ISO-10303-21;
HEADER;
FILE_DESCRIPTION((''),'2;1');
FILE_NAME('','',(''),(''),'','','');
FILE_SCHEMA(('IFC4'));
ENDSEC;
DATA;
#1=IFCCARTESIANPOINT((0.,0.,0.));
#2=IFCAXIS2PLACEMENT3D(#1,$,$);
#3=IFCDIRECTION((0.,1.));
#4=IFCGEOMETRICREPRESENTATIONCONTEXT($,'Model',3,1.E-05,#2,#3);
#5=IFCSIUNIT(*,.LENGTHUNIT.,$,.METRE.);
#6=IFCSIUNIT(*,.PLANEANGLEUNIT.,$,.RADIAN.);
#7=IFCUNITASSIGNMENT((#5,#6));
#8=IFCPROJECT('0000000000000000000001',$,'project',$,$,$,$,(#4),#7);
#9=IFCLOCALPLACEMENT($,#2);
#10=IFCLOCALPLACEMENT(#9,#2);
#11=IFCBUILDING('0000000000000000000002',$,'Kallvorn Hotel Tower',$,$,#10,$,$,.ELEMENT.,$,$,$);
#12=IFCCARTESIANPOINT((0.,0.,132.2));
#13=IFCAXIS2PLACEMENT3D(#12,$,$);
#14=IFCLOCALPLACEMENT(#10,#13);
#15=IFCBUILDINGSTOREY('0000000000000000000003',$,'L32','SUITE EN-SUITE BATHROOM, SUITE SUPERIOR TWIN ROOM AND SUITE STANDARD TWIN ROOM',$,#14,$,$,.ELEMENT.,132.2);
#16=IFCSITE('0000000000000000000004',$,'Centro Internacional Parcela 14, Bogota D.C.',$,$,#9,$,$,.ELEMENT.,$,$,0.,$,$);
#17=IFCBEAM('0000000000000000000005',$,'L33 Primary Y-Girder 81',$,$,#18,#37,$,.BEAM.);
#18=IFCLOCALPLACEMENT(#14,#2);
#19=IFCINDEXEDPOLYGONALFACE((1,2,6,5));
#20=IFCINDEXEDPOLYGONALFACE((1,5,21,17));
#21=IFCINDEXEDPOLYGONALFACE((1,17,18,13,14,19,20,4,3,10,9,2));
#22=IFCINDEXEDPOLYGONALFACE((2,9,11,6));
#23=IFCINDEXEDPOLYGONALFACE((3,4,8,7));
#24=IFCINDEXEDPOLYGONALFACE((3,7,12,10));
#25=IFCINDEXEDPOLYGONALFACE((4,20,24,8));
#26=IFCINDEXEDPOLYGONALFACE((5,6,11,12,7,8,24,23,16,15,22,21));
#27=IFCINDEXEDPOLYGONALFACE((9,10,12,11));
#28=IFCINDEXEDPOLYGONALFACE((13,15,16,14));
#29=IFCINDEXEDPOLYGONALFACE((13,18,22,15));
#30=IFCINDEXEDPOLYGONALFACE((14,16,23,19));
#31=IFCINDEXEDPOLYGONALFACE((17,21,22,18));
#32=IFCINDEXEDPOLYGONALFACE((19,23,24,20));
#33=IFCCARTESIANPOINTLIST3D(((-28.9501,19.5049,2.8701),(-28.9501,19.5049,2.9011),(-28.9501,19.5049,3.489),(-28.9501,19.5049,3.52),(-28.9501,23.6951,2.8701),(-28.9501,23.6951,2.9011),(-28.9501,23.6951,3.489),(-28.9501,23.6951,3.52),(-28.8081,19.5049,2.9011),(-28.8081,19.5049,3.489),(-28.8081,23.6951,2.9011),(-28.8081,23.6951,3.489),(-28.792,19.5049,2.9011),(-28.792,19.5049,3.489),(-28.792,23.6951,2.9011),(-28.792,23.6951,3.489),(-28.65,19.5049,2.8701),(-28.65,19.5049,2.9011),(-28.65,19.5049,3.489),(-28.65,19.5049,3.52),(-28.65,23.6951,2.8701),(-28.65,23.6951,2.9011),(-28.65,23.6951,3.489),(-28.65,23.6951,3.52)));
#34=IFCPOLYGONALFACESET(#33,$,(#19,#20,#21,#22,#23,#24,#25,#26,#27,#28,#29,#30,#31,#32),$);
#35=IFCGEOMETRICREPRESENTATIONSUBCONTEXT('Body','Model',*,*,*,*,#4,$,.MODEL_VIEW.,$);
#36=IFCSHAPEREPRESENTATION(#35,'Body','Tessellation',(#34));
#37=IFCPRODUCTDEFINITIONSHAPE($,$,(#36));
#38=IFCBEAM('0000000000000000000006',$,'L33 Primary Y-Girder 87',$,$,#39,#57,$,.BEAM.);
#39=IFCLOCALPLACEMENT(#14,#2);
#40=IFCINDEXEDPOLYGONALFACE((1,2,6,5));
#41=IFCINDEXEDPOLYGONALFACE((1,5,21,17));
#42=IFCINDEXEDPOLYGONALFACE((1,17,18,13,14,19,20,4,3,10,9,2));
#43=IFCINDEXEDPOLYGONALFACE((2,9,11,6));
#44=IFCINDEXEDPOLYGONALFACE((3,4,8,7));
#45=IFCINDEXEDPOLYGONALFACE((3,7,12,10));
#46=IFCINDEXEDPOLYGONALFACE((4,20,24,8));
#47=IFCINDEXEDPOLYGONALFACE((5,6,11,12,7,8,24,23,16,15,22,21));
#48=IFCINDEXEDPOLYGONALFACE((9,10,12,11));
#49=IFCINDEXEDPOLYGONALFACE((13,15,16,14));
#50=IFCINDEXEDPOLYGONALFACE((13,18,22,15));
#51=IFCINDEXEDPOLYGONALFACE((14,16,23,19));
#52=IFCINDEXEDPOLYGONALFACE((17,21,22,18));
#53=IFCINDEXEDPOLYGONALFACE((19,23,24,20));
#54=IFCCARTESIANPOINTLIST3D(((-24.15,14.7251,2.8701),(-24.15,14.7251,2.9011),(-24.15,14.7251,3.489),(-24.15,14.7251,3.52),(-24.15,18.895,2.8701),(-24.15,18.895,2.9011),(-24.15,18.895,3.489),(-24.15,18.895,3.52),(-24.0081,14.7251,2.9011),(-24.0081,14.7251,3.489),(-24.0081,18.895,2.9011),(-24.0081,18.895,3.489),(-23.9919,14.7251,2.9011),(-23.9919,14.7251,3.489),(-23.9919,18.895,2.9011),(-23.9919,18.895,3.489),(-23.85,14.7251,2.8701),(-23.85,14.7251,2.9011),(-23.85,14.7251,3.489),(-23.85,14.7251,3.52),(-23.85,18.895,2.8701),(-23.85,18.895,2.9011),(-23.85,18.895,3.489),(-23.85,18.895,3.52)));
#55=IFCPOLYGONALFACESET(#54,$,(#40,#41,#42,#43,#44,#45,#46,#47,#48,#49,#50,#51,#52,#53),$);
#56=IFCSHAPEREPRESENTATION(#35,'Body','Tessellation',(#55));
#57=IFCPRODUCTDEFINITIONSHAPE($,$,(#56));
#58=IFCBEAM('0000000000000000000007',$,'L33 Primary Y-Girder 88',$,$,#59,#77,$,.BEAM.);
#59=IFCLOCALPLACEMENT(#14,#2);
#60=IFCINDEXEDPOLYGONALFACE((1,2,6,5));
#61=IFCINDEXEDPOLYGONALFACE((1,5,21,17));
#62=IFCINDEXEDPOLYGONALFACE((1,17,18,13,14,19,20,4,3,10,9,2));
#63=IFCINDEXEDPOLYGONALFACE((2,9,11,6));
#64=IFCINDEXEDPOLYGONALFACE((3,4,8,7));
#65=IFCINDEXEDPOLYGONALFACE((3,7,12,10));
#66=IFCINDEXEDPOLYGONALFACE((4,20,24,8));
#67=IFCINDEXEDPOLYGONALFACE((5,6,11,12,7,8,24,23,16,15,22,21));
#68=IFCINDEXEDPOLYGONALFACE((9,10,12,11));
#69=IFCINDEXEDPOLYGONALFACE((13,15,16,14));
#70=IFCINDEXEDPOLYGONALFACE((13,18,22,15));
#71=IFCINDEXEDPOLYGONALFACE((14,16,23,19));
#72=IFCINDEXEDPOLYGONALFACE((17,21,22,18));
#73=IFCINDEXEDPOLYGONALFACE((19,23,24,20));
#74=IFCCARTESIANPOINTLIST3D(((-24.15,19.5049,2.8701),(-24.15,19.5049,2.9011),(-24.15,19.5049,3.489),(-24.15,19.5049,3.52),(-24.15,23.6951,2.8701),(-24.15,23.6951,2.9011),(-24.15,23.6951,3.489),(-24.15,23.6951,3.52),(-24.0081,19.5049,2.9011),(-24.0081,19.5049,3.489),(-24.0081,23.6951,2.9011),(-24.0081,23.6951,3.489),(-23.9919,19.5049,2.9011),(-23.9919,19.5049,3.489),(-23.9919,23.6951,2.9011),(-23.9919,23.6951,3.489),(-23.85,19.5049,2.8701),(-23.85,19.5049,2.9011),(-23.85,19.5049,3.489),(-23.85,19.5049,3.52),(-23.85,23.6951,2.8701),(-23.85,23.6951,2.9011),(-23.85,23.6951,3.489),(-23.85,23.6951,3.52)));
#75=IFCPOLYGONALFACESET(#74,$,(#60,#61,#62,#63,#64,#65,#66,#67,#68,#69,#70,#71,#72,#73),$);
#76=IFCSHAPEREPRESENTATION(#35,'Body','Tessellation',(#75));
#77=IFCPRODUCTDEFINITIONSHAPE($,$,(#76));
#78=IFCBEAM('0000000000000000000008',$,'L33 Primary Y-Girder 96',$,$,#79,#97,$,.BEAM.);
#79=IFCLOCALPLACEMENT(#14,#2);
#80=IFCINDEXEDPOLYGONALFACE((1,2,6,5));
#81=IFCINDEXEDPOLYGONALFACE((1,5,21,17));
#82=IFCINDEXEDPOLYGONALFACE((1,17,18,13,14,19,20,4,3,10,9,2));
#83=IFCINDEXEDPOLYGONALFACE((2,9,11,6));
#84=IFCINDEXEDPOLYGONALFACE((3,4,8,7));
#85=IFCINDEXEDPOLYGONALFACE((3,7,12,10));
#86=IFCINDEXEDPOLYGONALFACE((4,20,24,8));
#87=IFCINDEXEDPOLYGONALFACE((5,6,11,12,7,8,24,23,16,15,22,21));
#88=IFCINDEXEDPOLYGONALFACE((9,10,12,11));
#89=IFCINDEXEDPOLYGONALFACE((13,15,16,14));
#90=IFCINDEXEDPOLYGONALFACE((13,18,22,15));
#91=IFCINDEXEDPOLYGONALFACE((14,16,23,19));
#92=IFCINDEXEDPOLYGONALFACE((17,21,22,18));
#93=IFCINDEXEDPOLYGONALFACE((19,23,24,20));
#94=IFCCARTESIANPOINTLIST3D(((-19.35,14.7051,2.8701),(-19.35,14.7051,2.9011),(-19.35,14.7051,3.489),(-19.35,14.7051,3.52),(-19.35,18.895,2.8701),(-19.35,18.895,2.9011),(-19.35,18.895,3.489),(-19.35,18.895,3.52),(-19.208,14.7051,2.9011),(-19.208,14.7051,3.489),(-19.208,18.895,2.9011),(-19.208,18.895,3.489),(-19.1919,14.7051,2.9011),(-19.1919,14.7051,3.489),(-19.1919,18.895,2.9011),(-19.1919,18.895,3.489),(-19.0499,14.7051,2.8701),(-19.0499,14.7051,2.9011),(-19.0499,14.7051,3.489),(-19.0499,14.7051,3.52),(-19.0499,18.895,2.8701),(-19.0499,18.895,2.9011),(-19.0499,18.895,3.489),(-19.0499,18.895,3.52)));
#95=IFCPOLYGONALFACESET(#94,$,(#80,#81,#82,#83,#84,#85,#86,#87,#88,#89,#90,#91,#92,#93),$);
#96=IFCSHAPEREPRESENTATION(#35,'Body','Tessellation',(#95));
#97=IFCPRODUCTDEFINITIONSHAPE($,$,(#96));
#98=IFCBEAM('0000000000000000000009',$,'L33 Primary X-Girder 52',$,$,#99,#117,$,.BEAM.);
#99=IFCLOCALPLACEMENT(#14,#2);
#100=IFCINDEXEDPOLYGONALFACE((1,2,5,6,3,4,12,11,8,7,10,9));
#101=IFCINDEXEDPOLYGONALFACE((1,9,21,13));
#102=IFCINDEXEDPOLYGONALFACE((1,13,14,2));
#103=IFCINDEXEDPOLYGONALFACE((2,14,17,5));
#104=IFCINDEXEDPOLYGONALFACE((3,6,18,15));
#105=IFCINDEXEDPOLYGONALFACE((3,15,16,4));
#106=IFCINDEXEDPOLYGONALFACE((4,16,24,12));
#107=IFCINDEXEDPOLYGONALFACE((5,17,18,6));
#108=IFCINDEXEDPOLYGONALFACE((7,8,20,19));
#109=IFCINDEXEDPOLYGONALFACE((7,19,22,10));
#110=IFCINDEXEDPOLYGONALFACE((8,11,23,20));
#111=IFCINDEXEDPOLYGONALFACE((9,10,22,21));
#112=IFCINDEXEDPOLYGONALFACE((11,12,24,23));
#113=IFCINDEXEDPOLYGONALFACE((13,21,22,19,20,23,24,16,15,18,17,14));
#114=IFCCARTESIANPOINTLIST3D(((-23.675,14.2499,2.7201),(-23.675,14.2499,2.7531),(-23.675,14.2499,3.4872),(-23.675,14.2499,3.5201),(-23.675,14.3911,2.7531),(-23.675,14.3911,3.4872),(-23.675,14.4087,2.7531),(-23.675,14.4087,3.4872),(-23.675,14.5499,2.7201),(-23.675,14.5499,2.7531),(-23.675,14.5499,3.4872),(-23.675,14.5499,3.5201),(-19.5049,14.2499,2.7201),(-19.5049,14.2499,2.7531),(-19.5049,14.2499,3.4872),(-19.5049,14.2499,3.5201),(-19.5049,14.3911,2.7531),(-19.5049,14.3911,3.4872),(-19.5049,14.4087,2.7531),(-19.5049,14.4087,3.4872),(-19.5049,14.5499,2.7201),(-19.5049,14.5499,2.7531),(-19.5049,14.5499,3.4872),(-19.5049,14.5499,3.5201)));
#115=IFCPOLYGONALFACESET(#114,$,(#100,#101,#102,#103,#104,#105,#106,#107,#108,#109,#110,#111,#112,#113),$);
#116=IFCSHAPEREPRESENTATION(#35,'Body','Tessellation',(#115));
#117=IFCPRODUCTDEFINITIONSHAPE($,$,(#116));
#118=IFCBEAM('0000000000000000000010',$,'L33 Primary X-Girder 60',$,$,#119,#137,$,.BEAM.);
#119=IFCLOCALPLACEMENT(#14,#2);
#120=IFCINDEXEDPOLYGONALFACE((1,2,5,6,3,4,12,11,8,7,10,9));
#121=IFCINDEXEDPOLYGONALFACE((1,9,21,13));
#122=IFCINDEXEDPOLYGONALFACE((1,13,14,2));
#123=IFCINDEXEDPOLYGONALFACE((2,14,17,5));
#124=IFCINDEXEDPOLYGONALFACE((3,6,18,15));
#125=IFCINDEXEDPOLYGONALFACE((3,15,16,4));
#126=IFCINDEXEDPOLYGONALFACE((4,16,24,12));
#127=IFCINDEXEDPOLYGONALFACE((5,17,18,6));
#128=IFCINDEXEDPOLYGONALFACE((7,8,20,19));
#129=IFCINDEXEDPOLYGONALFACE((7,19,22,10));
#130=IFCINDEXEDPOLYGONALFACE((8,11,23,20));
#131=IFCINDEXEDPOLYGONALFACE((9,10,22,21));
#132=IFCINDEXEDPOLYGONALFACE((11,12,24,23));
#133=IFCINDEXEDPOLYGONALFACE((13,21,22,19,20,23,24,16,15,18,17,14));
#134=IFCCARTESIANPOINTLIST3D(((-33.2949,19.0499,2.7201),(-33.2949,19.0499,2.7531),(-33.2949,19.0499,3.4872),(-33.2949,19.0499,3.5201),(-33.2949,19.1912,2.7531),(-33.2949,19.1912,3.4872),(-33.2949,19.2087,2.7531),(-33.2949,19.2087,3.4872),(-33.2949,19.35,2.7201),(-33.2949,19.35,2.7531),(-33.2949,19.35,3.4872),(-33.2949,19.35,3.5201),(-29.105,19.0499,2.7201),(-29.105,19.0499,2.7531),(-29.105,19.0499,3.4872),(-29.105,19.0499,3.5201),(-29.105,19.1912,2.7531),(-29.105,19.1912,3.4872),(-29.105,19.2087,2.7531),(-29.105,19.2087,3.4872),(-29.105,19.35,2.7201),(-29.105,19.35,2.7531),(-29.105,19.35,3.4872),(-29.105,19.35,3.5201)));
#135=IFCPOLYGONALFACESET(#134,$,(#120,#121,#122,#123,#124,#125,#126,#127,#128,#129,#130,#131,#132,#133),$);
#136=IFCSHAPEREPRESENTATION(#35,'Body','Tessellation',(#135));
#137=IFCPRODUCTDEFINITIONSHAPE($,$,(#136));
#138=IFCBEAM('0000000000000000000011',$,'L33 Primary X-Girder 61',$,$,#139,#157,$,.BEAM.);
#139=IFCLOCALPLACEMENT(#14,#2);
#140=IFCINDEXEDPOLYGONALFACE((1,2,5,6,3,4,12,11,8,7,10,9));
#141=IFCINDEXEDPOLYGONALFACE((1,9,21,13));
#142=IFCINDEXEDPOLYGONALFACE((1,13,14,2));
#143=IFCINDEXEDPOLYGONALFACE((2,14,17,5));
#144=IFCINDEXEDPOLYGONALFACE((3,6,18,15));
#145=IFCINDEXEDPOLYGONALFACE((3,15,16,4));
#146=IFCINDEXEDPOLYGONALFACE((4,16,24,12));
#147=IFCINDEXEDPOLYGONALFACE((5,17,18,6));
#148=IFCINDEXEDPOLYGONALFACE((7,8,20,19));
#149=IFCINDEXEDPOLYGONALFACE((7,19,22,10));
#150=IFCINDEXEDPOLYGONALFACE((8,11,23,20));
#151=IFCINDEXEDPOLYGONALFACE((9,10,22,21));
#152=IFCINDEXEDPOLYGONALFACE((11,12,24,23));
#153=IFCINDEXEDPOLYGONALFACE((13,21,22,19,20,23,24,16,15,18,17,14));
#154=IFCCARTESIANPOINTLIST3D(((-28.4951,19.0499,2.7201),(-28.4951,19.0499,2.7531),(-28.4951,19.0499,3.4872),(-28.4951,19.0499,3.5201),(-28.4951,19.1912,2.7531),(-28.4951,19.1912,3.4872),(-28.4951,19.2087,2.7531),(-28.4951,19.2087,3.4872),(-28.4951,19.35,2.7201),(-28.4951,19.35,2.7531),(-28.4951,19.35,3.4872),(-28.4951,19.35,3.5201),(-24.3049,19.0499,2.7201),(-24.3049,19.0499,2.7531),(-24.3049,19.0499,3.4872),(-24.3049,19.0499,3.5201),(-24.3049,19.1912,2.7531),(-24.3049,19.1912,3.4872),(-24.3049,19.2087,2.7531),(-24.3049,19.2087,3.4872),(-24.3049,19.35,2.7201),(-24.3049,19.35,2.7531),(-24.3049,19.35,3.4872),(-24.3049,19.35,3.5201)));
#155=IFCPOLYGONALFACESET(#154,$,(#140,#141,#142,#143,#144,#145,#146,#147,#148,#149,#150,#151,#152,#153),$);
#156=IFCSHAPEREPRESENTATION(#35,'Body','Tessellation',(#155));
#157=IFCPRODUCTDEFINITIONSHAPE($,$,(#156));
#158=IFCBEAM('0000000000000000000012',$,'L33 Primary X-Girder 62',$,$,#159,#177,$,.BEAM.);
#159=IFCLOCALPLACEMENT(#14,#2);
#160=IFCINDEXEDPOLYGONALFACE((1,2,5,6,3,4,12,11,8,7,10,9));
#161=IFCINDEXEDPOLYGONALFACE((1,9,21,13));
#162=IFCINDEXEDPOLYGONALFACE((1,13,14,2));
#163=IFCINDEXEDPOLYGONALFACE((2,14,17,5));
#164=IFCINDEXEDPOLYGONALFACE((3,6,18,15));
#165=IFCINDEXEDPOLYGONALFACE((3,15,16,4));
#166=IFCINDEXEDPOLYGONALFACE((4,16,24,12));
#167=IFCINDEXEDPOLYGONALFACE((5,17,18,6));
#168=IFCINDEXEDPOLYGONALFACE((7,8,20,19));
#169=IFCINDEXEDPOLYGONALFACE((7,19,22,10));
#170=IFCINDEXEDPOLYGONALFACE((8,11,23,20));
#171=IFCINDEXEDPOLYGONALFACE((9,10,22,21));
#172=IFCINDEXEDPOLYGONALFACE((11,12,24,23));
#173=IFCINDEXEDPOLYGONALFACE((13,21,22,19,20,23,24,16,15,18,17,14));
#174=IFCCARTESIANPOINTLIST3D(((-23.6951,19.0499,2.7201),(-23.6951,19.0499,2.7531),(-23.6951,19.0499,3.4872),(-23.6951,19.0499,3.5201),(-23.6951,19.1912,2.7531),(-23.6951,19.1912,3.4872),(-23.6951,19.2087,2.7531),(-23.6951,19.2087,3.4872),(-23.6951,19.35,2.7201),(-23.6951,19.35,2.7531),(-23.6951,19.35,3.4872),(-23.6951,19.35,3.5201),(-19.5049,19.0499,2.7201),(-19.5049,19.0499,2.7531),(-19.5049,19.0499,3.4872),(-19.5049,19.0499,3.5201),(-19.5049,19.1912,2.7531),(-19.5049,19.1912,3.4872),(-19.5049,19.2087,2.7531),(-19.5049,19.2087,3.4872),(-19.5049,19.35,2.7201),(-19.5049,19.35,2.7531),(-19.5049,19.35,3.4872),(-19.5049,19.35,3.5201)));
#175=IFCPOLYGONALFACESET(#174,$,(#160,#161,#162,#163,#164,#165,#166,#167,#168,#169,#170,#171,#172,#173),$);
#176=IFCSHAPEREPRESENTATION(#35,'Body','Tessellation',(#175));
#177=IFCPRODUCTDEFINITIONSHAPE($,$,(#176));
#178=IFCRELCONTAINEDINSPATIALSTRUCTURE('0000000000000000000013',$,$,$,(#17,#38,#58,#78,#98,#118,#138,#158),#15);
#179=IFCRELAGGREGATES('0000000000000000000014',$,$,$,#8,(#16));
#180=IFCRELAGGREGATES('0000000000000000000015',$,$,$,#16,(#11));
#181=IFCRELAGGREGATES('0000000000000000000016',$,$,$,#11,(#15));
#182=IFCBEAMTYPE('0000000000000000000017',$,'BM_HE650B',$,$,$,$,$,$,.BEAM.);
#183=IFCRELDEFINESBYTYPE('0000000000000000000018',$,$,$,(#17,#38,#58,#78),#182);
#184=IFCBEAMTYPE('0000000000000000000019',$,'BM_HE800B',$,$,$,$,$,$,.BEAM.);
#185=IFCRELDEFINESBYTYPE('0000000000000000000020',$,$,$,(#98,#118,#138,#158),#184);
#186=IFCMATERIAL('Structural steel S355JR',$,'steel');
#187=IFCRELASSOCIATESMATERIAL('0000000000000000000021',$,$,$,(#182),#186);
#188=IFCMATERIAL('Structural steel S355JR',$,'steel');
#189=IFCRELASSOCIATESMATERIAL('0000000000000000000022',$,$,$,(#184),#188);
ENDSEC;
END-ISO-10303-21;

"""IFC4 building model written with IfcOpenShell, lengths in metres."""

from ifc_helpers import new_model, si_unit, direction, frame, origin, origin_2d, place, context, subcontext, project, spatial, i_section, extrude, material, material_profile, profile_set, type_object, element, save


model = new_model("IFC4")

# Units and contexts
model_context = context("Model", 3, precision=1e-05, world=origin(), true_north=direction((0.0, 1.0)))
body_context = subcontext(model_context, "Body", "Model", "MODEL_VIEW")
ifc_project = project(units=[si_unit("LENGTHUNIT", "METRE"), si_unit("PLANEANGLEUNIT", "RADIAN")], contexts=[model_context])

# Site, building, storey
site_placement = place(None, origin())
site = spatial("IfcSite", under=ifc_project, at=site_placement, Name="Centro Internacional Parcela 14, Bogota D.C.", CompositionType="ELEMENT", RefElevation=0.0)
building_placement = place(site_placement, origin())
building = spatial("IfcBuilding", under=site, at=building_placement, Name="Kallvorn Hotel Tower", CompositionType="ELEMENT")
storey_placement = place(building_placement, frame((0.0, 0.0, 132.2)))
storey = spatial("IfcBuildingStorey", under=building, at=storey_placement, Name="L32", Description="SUITE EN-SUITE BATHROOM, SUITE SUPERIOR TWIN ROOM AND SUITE STANDARD TWIN ROOM", CompositionType="ELEMENT", Elevation=132.2)

# Beams
ifc_material_1 = material(Name="Structural steel S355JR", Category="steel")
ifc_material_profile_1 = material_profile(ifc_material_1, i_section(OverallWidth=0.3, OverallDepth=0.6499, WebThickness=0.0161, FlangeThickness=0.031, at=origin_2d()), Name="HE 650 B")
ifc_profile_set_1 = profile_set([ifc_material_profile_1], Name="Structural steel S355JR")
beam_type_1 = type_object("IfcBeamType", Name="BM_HE650B", PredefinedType="BEAM", material=ifc_profile_set_1)
beam_1_placement = place(storey_placement, frame((-28.8, 19.5049, 3.1951), z_axis=(0.0, 1.0, 0.0), x_axis=(-1.0, 0.0, 0.0)))
element("IfcBeam", 1, at=beam_1_placement, inside=storey, type_object=beam_type_1, Name="L33 Primary Y-Girder 81", PredefinedType="BEAM", context=body_context, shape_type="SweptSolid", body=[
    extrude(i_section(OverallWidth=0.3, OverallDepth=0.6499, WebThickness=0.0161, FlangeThickness=0.031, at=origin_2d()), origin(), (0.0, 0.0, 1.0), 4.1902),
])
beam_2_placement = place(storey_placement, frame((-24.0, 14.7251, 3.1951), z_axis=(0.0, 1.0, 0.0), x_axis=(-1.0, 0.0, 0.0)))
element("IfcBeam", 2, at=beam_2_placement, inside=storey, type_object=beam_type_1, Name="L33 Primary Y-Girder 87", PredefinedType="BEAM", context=body_context, shape_type="SweptSolid", body=[
    extrude(i_section(OverallWidth=0.3, OverallDepth=0.6499, WebThickness=0.0161, FlangeThickness=0.031, at=origin_2d()), origin(), (0.0, 0.0, 1.0), 4.1699),
])
beam_3_placement = place(storey_placement, frame((-24.0, 19.5049, 3.1951), z_axis=(0.0, 1.0, 0.0), x_axis=(-1.0, 0.0, 0.0)))
element("IfcBeam", 3, at=beam_3_placement, inside=storey, type_object=beam_type_1, Name="L33 Primary Y-Girder 88", PredefinedType="BEAM", context=body_context, shape_type="SweptSolid", body=[
    extrude(i_section(OverallWidth=0.3, OverallDepth=0.6499, WebThickness=0.0161, FlangeThickness=0.031, at=origin_2d()), origin(), (0.0, 0.0, 1.0), 4.1902),
])
beam_4_placement = place(storey_placement, frame((-19.2, 14.7051, 3.1951), z_axis=(0.0, 1.0, 0.0), x_axis=(-1.0, 0.0, 0.0)))
element("IfcBeam", 4, at=beam_4_placement, inside=storey, type_object=beam_type_1, Name="L33 Primary Y-Girder 96", PredefinedType="BEAM", context=body_context, shape_type="SweptSolid", body=[
    extrude(i_section(OverallWidth=0.3, OverallDepth=0.6499, WebThickness=0.0161, FlangeThickness=0.031, at=origin_2d()), origin(), (0.0, 0.0, 1.0), 4.1899),
])
ifc_material_2 = material(Name="Structural steel S355JR", Category="steel")
ifc_material_profile_2 = material_profile(ifc_material_2, i_section(OverallWidth=0.3, OverallDepth=0.8, WebThickness=0.0176, FlangeThickness=0.033, at=origin_2d()), Name="HE 800 B")
ifc_profile_set_2 = profile_set([ifc_material_profile_2], Name="Structural steel S355JR")
beam_type_2 = type_object("IfcBeamType", Name="BM_HE800B", PredefinedType="BEAM", material=ifc_profile_set_2)
beam_5_placement = place(storey_placement, frame((-23.675, 14.3999, 3.1201), z_axis=(1.0, 0.0, 0.0), x_axis=(0.0, 1.0, 0.0)))
element("IfcBeam", 5, at=beam_5_placement, inside=storey, type_object=beam_type_2, Name="L33 Primary X-Girder 52", PredefinedType="BEAM", context=body_context, shape_type="SweptSolid", body=[
    extrude(i_section(OverallWidth=0.3, OverallDepth=0.8, WebThickness=0.0176, FlangeThickness=0.033, at=origin_2d()), origin(), (0.0, 0.0, 1.0), 4.1702),
])
beam_6_placement = place(storey_placement, frame((-33.2949, 19.2, 3.1201), z_axis=(1.0, 0.0, 0.0), x_axis=(0.0, 1.0, 0.0)))
element("IfcBeam", 6, at=beam_6_placement, inside=storey, type_object=beam_type_2, Name="L33 Primary X-Girder 60", PredefinedType="BEAM", context=body_context, shape_type="SweptSolid", body=[
    extrude(i_section(OverallWidth=0.3, OverallDepth=0.8, WebThickness=0.0176, FlangeThickness=0.033, at=origin_2d()), origin(), (0.0, 0.0, 1.0), 4.1899),
])
for number, where, z_axis, x_axis, name in (
    (7, (-28.4951, 19.2, 3.1201), (1.0, 0.0, 0.0), (0.0, 1.0, 0.0), "L33 Primary X-Girder 61"),
    (8, (-23.6951, 19.2, 3.1201), (1.0, 0.0, 0.0), (0.0, 1.0, 0.0), "L33 Primary X-Girder 62"),
):
    element("IfcBeam", number, at=place(storey_placement, frame(where, z_axis=z_axis, x_axis=x_axis)), inside=storey, type_object=beam_type_2, Name=name, PredefinedType="BEAM", context=body_context, shape_type="SweptSolid", body=[
        extrude(i_section(OverallWidth=0.3, OverallDepth=0.8, WebThickness=0.0176, FlangeThickness=0.033, at=origin_2d()), origin(), (0.0, 0.0, 1.0), 4.1902),
    ])

save(model, "model.ifc")
